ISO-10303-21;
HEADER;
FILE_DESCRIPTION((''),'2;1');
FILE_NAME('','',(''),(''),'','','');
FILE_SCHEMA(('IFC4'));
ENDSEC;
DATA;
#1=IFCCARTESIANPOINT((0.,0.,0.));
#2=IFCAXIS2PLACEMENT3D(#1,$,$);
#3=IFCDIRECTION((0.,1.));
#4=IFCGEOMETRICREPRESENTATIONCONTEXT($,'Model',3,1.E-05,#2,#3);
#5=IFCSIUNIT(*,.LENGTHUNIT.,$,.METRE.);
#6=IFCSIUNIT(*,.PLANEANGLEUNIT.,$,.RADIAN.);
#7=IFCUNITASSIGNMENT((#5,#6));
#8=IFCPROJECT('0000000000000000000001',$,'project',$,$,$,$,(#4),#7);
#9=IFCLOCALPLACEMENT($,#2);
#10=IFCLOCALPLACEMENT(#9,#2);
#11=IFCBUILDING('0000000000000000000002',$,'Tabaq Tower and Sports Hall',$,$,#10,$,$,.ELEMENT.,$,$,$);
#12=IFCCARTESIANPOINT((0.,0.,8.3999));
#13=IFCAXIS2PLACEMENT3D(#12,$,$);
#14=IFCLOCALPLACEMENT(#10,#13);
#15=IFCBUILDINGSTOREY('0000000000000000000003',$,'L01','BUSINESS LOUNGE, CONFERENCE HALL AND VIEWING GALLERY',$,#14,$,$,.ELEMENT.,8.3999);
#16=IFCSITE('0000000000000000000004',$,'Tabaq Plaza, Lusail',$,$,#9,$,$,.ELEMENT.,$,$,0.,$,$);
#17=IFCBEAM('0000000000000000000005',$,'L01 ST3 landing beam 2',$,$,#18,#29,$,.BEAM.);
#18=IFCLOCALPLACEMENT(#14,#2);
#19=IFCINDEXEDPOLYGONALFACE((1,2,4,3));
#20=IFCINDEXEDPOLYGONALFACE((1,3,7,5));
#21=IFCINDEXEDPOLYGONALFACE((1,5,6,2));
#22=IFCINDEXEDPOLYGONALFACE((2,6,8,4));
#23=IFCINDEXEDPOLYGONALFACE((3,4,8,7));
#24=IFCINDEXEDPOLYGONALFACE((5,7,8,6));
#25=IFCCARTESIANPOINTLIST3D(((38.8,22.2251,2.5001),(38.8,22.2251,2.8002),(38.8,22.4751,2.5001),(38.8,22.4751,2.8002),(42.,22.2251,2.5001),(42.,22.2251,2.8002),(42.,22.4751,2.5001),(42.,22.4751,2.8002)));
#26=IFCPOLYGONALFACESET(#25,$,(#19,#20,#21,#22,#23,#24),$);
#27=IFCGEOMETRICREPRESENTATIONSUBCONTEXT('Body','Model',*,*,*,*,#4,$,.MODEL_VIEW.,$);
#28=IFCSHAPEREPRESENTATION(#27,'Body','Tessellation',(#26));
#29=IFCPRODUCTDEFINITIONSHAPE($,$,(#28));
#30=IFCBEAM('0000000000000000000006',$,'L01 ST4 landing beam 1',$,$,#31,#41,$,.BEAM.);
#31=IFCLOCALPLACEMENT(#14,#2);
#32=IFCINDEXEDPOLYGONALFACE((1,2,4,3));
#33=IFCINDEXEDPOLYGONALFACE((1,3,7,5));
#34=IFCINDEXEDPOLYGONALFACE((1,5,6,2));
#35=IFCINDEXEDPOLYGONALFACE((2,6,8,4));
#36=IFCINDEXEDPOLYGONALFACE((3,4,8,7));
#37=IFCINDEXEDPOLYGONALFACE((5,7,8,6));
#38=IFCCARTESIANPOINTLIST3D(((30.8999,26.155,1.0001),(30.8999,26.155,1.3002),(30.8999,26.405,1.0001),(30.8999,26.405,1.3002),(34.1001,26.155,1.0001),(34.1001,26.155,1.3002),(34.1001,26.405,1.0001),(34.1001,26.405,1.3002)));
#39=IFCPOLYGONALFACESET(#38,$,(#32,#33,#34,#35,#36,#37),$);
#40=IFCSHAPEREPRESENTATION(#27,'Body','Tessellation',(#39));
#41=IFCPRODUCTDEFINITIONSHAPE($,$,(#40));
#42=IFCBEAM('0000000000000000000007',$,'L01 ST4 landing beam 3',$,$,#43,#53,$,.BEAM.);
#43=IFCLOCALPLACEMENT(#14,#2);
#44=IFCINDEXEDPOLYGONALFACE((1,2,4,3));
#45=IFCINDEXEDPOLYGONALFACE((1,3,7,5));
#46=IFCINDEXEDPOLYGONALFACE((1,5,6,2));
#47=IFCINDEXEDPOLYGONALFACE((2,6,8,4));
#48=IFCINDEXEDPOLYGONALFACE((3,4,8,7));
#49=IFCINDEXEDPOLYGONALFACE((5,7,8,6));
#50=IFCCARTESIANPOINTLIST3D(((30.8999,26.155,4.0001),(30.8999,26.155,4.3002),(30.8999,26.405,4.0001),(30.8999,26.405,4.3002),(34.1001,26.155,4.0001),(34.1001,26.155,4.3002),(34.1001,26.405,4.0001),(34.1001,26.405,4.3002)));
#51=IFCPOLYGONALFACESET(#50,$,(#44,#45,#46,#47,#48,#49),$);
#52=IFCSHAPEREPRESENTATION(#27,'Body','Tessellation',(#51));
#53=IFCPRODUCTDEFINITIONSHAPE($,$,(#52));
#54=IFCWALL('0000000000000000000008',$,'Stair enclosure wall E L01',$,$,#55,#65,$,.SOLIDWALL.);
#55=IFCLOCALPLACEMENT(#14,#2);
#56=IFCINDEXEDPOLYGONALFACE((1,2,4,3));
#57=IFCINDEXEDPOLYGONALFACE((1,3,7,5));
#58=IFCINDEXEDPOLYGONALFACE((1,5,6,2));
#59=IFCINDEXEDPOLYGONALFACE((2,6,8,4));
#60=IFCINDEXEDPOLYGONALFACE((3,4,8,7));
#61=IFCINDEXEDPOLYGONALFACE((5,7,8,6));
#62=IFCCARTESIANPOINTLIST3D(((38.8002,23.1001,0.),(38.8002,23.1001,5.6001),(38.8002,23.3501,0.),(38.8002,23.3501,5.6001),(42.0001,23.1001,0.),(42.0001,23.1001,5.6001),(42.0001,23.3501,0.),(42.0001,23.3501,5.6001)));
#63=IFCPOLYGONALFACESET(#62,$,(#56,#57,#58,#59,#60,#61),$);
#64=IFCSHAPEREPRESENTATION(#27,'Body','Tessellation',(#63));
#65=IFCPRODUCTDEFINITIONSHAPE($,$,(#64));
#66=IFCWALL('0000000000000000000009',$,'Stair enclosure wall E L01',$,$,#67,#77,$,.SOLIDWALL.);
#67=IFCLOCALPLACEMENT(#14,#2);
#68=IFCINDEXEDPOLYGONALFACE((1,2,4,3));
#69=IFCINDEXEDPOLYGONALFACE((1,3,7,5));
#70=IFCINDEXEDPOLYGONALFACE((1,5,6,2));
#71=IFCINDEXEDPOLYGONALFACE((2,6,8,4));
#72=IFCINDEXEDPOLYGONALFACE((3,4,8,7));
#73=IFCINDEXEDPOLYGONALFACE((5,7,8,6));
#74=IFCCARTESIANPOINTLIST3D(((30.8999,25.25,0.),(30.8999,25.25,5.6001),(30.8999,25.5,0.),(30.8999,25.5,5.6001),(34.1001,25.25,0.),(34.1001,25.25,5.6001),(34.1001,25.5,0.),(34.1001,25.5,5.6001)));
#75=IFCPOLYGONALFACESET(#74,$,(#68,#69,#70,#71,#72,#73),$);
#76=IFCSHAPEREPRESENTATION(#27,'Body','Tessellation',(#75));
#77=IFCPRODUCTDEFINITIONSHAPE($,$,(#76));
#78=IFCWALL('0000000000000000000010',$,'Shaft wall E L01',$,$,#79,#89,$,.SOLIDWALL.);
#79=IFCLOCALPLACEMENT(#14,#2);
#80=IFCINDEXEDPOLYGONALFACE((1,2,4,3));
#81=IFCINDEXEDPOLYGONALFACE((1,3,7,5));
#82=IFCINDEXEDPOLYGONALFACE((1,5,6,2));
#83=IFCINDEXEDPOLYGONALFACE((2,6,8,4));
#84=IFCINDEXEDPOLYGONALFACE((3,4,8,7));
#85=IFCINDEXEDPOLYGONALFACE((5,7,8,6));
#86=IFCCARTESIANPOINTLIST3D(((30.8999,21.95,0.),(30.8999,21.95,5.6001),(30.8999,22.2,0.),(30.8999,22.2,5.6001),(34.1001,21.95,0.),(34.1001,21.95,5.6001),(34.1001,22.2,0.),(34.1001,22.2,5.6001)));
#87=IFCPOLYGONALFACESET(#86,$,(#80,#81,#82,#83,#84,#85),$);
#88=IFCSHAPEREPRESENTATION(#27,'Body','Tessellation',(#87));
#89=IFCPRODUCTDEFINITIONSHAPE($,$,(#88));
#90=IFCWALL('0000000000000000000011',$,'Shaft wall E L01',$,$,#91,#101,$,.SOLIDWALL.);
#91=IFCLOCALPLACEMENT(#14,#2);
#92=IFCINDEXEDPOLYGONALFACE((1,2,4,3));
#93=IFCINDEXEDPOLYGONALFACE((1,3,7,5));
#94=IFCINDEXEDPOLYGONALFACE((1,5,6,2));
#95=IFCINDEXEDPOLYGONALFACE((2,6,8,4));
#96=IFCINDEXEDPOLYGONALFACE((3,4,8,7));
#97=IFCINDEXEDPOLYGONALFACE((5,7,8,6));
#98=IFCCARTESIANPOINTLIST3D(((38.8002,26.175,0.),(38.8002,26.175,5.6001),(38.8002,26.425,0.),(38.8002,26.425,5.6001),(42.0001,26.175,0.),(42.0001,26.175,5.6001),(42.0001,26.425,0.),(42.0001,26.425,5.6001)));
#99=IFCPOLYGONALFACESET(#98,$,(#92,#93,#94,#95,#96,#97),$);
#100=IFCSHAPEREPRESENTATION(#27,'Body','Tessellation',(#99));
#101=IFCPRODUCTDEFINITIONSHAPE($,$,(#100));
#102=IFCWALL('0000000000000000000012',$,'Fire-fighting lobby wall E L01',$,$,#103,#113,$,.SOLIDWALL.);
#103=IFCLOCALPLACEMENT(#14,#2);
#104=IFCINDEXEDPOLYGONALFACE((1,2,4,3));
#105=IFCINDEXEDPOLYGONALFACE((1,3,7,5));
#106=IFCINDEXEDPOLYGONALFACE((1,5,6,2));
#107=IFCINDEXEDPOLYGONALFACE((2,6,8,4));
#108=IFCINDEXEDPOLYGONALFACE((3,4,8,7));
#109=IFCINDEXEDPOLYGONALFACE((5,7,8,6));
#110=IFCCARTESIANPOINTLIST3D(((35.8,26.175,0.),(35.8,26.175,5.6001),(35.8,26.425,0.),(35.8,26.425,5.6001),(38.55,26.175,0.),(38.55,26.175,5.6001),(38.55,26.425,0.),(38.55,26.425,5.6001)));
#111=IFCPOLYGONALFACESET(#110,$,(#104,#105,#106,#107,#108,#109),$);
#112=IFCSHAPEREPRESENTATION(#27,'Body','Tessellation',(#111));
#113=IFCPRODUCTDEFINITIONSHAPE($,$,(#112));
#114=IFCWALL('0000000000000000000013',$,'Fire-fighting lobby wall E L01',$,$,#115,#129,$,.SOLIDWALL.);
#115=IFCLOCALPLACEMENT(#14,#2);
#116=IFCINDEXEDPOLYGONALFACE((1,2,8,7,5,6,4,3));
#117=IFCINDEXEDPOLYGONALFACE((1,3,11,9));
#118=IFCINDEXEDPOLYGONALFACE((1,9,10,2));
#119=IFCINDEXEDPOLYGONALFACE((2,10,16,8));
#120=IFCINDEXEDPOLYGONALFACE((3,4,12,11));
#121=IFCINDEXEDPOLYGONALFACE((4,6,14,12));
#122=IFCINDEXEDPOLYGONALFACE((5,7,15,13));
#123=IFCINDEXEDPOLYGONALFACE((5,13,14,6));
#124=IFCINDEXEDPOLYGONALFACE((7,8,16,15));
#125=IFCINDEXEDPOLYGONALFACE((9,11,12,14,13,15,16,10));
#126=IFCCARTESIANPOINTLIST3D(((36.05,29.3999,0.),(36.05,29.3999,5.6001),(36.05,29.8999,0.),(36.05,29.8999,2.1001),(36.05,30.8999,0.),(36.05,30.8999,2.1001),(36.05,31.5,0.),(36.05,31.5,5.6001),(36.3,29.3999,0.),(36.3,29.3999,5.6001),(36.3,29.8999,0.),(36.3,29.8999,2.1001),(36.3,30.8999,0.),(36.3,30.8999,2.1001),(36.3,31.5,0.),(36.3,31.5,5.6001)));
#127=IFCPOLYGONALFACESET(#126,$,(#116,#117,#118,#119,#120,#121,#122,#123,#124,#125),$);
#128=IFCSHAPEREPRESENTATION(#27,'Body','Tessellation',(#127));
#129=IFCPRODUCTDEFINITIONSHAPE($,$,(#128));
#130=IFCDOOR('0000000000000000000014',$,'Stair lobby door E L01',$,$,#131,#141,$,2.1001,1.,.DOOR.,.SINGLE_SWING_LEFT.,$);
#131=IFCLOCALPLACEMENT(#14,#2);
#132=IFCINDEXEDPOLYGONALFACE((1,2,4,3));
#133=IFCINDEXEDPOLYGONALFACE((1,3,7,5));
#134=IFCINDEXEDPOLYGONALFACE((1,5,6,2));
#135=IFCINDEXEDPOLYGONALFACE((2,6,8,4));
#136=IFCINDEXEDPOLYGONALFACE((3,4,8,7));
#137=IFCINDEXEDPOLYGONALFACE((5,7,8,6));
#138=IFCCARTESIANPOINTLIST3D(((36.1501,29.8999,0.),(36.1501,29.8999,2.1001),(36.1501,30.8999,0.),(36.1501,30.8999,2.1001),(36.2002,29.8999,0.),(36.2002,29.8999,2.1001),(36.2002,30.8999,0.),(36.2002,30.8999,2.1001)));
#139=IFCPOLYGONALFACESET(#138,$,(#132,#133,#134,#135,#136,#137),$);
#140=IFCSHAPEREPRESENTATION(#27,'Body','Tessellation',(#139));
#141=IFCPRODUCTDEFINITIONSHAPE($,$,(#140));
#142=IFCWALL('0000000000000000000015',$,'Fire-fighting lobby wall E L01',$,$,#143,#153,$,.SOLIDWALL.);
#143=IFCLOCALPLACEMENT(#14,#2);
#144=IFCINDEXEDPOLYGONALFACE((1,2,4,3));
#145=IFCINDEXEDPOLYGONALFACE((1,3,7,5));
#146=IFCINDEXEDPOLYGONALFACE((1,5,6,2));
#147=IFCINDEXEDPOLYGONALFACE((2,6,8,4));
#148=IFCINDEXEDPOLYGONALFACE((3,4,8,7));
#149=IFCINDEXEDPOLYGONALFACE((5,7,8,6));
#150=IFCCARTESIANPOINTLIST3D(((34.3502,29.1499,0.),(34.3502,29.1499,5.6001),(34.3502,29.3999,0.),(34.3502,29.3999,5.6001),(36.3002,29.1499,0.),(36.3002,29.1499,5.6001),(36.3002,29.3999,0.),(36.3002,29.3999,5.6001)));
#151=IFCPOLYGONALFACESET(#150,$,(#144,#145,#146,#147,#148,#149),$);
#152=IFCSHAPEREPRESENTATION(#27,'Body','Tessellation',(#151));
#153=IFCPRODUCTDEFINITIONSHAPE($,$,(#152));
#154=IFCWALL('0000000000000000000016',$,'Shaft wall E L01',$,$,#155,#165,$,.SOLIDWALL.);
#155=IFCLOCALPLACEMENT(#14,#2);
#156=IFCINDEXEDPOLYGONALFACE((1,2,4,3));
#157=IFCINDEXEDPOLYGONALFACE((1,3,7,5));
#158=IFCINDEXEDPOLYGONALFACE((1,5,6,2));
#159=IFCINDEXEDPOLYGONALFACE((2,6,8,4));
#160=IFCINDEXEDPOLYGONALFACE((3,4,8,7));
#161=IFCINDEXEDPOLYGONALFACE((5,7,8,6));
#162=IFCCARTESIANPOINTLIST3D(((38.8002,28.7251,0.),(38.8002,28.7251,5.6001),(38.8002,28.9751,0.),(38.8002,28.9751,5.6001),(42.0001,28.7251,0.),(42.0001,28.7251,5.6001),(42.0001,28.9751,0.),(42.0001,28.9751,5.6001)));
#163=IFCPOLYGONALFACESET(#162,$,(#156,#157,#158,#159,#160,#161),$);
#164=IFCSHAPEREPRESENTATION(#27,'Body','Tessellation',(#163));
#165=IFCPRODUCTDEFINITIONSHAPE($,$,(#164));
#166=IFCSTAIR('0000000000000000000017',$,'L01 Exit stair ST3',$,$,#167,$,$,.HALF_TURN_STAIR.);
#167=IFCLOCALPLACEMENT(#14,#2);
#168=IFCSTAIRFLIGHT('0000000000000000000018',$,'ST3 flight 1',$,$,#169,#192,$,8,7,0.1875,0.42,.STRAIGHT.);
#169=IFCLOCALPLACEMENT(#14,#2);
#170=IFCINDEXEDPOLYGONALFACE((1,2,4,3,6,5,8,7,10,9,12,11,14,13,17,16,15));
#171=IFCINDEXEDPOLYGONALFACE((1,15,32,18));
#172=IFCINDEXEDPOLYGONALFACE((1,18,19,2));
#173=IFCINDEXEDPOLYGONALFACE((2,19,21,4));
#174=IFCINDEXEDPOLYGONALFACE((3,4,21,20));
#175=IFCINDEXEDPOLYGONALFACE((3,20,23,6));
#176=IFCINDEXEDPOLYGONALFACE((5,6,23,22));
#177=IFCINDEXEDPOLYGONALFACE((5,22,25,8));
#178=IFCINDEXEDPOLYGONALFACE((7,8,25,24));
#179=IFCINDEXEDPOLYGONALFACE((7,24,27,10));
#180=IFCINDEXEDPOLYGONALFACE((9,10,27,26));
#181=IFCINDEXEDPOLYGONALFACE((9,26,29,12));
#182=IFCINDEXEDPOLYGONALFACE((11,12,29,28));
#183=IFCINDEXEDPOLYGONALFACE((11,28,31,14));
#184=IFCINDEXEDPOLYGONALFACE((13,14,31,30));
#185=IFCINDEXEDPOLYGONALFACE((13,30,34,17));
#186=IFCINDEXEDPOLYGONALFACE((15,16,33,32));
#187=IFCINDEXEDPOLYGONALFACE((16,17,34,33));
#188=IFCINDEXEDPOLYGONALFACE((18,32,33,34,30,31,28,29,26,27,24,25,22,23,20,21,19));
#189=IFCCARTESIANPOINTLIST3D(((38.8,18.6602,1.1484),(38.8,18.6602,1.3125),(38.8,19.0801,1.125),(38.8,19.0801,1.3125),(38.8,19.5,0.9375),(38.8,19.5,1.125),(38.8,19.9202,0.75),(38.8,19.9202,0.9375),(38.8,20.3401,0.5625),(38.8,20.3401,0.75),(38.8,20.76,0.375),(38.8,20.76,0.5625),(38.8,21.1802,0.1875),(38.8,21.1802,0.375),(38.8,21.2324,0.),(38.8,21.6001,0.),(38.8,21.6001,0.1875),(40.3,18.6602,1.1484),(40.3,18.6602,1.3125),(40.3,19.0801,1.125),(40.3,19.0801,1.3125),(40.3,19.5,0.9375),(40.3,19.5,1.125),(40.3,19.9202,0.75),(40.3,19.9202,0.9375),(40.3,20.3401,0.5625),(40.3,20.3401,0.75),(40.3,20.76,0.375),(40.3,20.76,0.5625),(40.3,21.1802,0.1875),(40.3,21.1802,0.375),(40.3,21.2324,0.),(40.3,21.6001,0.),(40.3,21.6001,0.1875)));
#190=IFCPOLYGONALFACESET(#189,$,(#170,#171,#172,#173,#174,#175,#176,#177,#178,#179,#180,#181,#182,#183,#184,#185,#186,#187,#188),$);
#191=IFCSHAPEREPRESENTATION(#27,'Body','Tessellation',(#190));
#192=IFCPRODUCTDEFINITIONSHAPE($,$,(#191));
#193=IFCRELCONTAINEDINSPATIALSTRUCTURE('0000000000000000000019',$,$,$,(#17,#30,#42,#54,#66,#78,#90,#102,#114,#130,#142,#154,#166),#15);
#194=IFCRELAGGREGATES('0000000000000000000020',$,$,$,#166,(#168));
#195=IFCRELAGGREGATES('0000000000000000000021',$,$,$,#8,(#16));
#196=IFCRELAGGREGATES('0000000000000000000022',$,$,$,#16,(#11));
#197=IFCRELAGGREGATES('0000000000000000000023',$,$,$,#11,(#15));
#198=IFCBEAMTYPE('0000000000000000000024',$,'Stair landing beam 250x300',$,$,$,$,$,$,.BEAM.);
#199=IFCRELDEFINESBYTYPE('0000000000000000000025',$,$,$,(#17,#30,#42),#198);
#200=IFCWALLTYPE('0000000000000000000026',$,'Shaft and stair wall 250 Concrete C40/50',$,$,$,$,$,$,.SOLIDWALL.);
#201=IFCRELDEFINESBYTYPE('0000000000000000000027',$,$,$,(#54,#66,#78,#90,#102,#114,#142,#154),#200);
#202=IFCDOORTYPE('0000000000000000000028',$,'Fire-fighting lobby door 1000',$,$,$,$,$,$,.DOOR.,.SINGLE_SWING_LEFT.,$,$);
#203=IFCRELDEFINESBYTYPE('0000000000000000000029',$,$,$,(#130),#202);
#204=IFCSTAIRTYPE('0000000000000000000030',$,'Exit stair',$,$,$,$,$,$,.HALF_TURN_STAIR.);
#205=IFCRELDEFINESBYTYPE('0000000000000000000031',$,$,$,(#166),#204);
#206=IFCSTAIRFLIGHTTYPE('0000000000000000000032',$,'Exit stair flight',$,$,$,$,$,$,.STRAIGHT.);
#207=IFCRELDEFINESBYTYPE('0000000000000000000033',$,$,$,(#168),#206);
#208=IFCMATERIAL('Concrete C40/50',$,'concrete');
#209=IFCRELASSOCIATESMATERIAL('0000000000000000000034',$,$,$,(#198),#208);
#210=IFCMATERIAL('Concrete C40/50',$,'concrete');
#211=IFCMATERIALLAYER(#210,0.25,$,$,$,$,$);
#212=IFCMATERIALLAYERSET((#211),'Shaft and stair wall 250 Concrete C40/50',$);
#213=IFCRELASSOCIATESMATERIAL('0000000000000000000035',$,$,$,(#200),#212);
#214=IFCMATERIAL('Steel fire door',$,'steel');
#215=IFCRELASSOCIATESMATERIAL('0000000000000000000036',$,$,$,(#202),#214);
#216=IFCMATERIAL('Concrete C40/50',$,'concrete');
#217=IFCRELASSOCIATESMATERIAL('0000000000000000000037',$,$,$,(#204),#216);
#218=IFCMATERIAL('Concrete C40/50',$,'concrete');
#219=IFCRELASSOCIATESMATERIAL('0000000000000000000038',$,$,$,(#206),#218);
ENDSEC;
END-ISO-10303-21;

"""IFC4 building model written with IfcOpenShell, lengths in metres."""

from ifc_helpers import new_model, si_unit, direction, frame, frame_2d, origin, origin_2d, place, context, subcontext, project, spatial, polyline, rectangle, outline, extrude, material, layer, layer_set, material_profile, profile_set, type_object, element, fill, aggregate, save


model = new_model("IFC4")

# Units and contexts
model_context = context("Model", 3, precision=1e-05, world=origin(), true_north=direction((0.0, 1.0)))
body_context = subcontext(model_context, "Body", "Model", "MODEL_VIEW")
ifc_project = project(units=[si_unit("LENGTHUNIT", "METRE"), si_unit("PLANEANGLEUNIT", "RADIAN")], contexts=[model_context])

# Site, building, storey
site_placement = place(None, origin())
site = spatial("IfcSite", under=ifc_project, at=site_placement, Name="Tabaq Plaza, Lusail", CompositionType="ELEMENT", RefElevation=0.0)
building_placement = place(site_placement, origin())
building = spatial("IfcBuilding", under=site, at=building_placement, Name="Tabaq Tower and Sports Hall", CompositionType="ELEMENT")
storey_placement = place(building_placement, frame((0.0, 0.0, 8.3999)))
storey = spatial("IfcBuildingStorey", under=building, at=storey_placement, Name="L01", Description="BUSINESS LOUNGE, CONFERENCE HALL AND VIEWING GALLERY", CompositionType="ELEMENT", Elevation=8.3999)

# Beams
ifc_material_1 = material(Name="Concrete C40/50", Category="concrete")
ifc_material_profile = material_profile(ifc_material_1, rectangle(XDim=0.25, YDim=0.3, at=origin_2d()), Name="RC 250x300")
ifc_profile_set = profile_set([ifc_material_profile], Name="Concrete C40/50")
beam_type = type_object("IfcBeamType", Name="Stair landing beam 250x300", PredefinedType="BEAM", material=ifc_profile_set)
beam_placement = place(storey_placement, frame((38.8, 22.3501, 2.6501), z_axis=(1.0, 0.0, 0.0), x_axis=(0.0, 1.0, 0.0)))
element("IfcBeam", 1, at=beam_placement, inside=storey, type_object=beam_type, Name="L01 ST3 landing beam 2", PredefinedType="BEAM", context=body_context, shape_type="SweptSolid", body=[
    extrude(rectangle(XDim=0.25, YDim=0.3, at=origin_2d()), origin(), (0.0, 0.0, 1.0), 3.2),
])
for number, where, z_axis, x_axis, name in (
    (2, (30.8999, 26.28, 1.1501), (1.0, 0.0, 0.0), (0.0, 1.0, 0.0), "L01 ST4 landing beam 1"),
    (3, (30.8999, 26.28, 4.1501), (1.0, 0.0, 0.0), (0.0, 1.0, 0.0), "L01 ST4 landing beam 3"),
):
    element("IfcBeam", number, at=place(storey_placement, frame(where, z_axis=z_axis, x_axis=x_axis)), inside=storey, type_object=beam_type, Name=name, PredefinedType="BEAM", context=body_context, shape_type="SweptSolid", body=[
        extrude(rectangle(XDim=0.25, YDim=0.3, at=origin_2d()), origin(), (0.0, 0.0, 1.0), 3.2002),
    ])

# Walls
ifc_material_2 = material(Name="Concrete C40/50", Category="concrete")
ifc_layer = layer(ifc_material_2, 0.25)
ifc_layer_set = layer_set([ifc_layer], Name="Shaft and stair wall 250 Concrete C40/50")
wall_type = type_object("IfcWallType", Name="Shaft and stair wall 250 Concrete C40/50", PredefinedType="SOLIDWALL", material=ifc_layer_set)
wall_1_placement = place(storey_placement, frame((38.8, 23.2251, 0.0), z_axis=(0.0, 0.0, 1.0), x_axis=(1.0, 0.0, 0.0)))
element("IfcWall", 4, at=wall_1_placement, inside=storey, type_object=wall_type, Name="Stair enclosure wall E L01", PredefinedType="SOLIDWALL", context=body_context, shape_type="SweptSolid", body=[
    extrude(rectangle(XDim=3.2, YDim=0.25, at=frame_2d((1.6001, 0.0))), origin(), (0.0, 0.0, 1.0), 5.6001),
])
for number, where, z_axis, x_axis, name in (
    (5, (30.8999, 25.375, 0.0), (0.0, 0.0, 1.0), (1.0, 0.0, 0.0), "Stair enclosure wall E L01"),
    (6, (30.8999, 22.075, 0.0), (0.0, 0.0, 1.0), (1.0, 0.0, 0.0), "Shaft wall E L01"),
):
    element("IfcWall", number, at=place(storey_placement, frame(where, z_axis=z_axis, x_axis=x_axis)), inside=storey, type_object=wall_type, Name=name, PredefinedType="SOLIDWALL", context=body_context, shape_type="SweptSolid", body=[
        extrude(rectangle(XDim=3.2002, YDim=0.25, at=frame_2d((1.6001, 0.0))), origin(), (0.0, 0.0, 1.0), 5.6001),
    ])
wall_2_placement = place(storey_placement, frame((38.8, 26.3, 0.0), z_axis=(0.0, 0.0, 1.0), x_axis=(1.0, 0.0, 0.0)))
element("IfcWall", 7, at=wall_2_placement, inside=storey, type_object=wall_type, Name="Shaft wall E L01", PredefinedType="SOLIDWALL", context=body_context, shape_type="SweptSolid", body=[
    extrude(rectangle(XDim=3.2, YDim=0.25, at=frame_2d((1.6001, 0.0))), origin(), (0.0, 0.0, 1.0), 5.6001),
])
wall_3_placement = place(storey_placement, frame((35.8, 26.3, 0.0), z_axis=(0.0, 0.0, 1.0), x_axis=(1.0, 0.0, 0.0)))
element("IfcWall", 8, at=wall_3_placement, inside=storey, type_object=wall_type, Name="Fire-fighting lobby wall E L01", PredefinedType="SOLIDWALL", context=body_context, shape_type="SweptSolid", body=[
    extrude(rectangle(XDim=2.75, YDim=0.25, at=frame_2d((1.375, 0.0))), origin(), (0.0, 0.0, 1.0), 5.6001),
])

# Wall, opening, door
wall_4_placement = place(storey_placement, frame((36.175, 29.3999, 0.0), z_axis=(0.0, 0.0, 1.0), x_axis=(0.0, 1.0, 0.0)))
wall_4 = element("IfcWall", 9, at=wall_4_placement, inside=storey, type_object=wall_type, Name="Fire-fighting lobby wall E L01", PredefinedType="SOLIDWALL", context=body_context, shape_type="SweptSolid", body=[
    extrude(rectangle(XDim=2.1001, YDim=0.25, at=frame_2d((1.05, 0.0))), origin(), (0.0, 0.0, 1.0), 5.6001),
])
opening_placement = place(wall_4_placement, frame((0.5, 0.0, 0.0)))
opening = element("IfcOpeningElement", 10, at=opening_placement, cuts=wall_4, PredefinedType="OPENING", context=body_context, shape_type="SweptSolid", body=[
    extrude(rectangle(XDim=1.0, YDim=2.1001, at=frame_2d((0.5, 1.05))), frame((0.0, 0.125, 0.0), z_axis=(0.0, -1.0, 0.0), x_axis=(1.0, 0.0, 0.0)), (0.0, 0.0, 1.0), 0.25),
])
ifc_material_3 = material(Name="Steel fire door", Category="steel")
door_type = type_object("IfcDoorType", Name="Fire-fighting lobby door 1000", OperationType="SINGLE_SWING_LEFT", PredefinedType="DOOR", material=ifc_material_3)
door_placement = place(opening_placement, origin())
door = element("IfcDoor", 11, at=door_placement, inside=storey, type_object=door_type, Name="Stair lobby door E L01", OperationType="SINGLE_SWING_LEFT", OverallHeight=2.1001, OverallWidth=1.0, PredefinedType="DOOR", context=body_context, shape_type="SweptSolid", body=[
    extrude(rectangle(XDim=1.0, YDim=2.1001, at=frame_2d((0.5, 1.05))), frame((0.0, 0.0249, 0.0), z_axis=(0.0, -1.0, 0.0), x_axis=(1.0, 0.0, 0.0)), (0.0, 0.0, 1.0), 0.05),
])
fill(opening, door)

# Walls
wall_5_placement = place(storey_placement, frame((34.3501, 29.2749, 0.0), z_axis=(0.0, 0.0, 1.0), x_axis=(1.0, 0.0, 0.0)))
element("IfcWall", 12, at=wall_5_placement, inside=storey, type_object=wall_type, Name="Fire-fighting lobby wall E L01", PredefinedType="SOLIDWALL", context=body_context, shape_type="SweptSolid", body=[
    extrude(rectangle(XDim=1.95, YDim=0.25, at=frame_2d((0.9751, 0.0))), origin(), (0.0, 0.0, 1.0), 5.6001),
])
wall_6_placement = place(storey_placement, frame((38.8, 28.8501, 0.0), z_axis=(0.0, 0.0, 1.0), x_axis=(1.0, 0.0, 0.0)))
element("IfcWall", 13, at=wall_6_placement, inside=storey, type_object=wall_type, Name="Shaft wall E L01", PredefinedType="SOLIDWALL", context=body_context, shape_type="SweptSolid", body=[
    extrude(rectangle(XDim=3.2, YDim=0.25, at=frame_2d((1.6001, 0.0))), origin(), (0.0, 0.0, 1.0), 5.6001),
])

# Stair, stair flight
ifc_material_4 = material(Name="Concrete C40/50", Category="concrete")
stair_type = type_object("IfcStairType", Name="Exit stair", PredefinedType="HALF_TURN_STAIR", material=ifc_material_4)
stair_1_placement = place(storey_placement, origin())
stair_1 = element("IfcStair", 14, at=stair_1_placement, inside=storey, type_object=stair_type, Name="L01 Exit stair ST3", PredefinedType="HALF_TURN_STAIR")
ifc_material_5 = material(Name="Concrete C40/50", Category="concrete")
stair_flight_type = type_object("IfcStairFlightType", Name="Exit stair flight", PredefinedType="STRAIGHT", material=ifc_material_5)
stair_flight_1_placement = place(storey_placement, frame((39.55, 21.6001, 0.0), z_axis=(0.0, 0.0, 1.0), x_axis=(0.0, -1.0, 0.0)))
stair_flight_1 = element("IfcStairFlight", 15, at=stair_flight_1_placement, type_object=stair_flight_type, Name="ST3 flight 1", NumberOfRisers=8, NumberOfTreads=7, PredefinedType="STRAIGHT", RiserHeight=0.1875, TreadLength=0.42, context=body_context, shape_type="SweptSolid", body=[
    extrude(outline(polyline([(0.0, 0.0), (0.0, 0.1875), (0.4199, 0.1875), (0.4199, 0.375), (0.8401, 0.375), (0.8401, 0.5625), (1.26, 0.5625), (1.26, 0.75), (1.6799, 0.75), (1.6799, 0.9375), (2.1001, 0.9375), (2.1001, 1.125), (2.52, 1.125), (2.52, 1.3125), (2.9399, 1.3125), (2.9399, 1.5), (2.9399, 1.1484), (0.3677, 0.0), (0.0, 0.0)])), frame((0.0, 0.75, 0.0), z_axis=(0.0, -1.0, 0.0), x_axis=(1.0, 0.0, 0.0)), (0.0, 0.0, 1.0), 1.5),
])
aggregate(stair_1, [stair_flight_1])

save(model, "model.ifc")
